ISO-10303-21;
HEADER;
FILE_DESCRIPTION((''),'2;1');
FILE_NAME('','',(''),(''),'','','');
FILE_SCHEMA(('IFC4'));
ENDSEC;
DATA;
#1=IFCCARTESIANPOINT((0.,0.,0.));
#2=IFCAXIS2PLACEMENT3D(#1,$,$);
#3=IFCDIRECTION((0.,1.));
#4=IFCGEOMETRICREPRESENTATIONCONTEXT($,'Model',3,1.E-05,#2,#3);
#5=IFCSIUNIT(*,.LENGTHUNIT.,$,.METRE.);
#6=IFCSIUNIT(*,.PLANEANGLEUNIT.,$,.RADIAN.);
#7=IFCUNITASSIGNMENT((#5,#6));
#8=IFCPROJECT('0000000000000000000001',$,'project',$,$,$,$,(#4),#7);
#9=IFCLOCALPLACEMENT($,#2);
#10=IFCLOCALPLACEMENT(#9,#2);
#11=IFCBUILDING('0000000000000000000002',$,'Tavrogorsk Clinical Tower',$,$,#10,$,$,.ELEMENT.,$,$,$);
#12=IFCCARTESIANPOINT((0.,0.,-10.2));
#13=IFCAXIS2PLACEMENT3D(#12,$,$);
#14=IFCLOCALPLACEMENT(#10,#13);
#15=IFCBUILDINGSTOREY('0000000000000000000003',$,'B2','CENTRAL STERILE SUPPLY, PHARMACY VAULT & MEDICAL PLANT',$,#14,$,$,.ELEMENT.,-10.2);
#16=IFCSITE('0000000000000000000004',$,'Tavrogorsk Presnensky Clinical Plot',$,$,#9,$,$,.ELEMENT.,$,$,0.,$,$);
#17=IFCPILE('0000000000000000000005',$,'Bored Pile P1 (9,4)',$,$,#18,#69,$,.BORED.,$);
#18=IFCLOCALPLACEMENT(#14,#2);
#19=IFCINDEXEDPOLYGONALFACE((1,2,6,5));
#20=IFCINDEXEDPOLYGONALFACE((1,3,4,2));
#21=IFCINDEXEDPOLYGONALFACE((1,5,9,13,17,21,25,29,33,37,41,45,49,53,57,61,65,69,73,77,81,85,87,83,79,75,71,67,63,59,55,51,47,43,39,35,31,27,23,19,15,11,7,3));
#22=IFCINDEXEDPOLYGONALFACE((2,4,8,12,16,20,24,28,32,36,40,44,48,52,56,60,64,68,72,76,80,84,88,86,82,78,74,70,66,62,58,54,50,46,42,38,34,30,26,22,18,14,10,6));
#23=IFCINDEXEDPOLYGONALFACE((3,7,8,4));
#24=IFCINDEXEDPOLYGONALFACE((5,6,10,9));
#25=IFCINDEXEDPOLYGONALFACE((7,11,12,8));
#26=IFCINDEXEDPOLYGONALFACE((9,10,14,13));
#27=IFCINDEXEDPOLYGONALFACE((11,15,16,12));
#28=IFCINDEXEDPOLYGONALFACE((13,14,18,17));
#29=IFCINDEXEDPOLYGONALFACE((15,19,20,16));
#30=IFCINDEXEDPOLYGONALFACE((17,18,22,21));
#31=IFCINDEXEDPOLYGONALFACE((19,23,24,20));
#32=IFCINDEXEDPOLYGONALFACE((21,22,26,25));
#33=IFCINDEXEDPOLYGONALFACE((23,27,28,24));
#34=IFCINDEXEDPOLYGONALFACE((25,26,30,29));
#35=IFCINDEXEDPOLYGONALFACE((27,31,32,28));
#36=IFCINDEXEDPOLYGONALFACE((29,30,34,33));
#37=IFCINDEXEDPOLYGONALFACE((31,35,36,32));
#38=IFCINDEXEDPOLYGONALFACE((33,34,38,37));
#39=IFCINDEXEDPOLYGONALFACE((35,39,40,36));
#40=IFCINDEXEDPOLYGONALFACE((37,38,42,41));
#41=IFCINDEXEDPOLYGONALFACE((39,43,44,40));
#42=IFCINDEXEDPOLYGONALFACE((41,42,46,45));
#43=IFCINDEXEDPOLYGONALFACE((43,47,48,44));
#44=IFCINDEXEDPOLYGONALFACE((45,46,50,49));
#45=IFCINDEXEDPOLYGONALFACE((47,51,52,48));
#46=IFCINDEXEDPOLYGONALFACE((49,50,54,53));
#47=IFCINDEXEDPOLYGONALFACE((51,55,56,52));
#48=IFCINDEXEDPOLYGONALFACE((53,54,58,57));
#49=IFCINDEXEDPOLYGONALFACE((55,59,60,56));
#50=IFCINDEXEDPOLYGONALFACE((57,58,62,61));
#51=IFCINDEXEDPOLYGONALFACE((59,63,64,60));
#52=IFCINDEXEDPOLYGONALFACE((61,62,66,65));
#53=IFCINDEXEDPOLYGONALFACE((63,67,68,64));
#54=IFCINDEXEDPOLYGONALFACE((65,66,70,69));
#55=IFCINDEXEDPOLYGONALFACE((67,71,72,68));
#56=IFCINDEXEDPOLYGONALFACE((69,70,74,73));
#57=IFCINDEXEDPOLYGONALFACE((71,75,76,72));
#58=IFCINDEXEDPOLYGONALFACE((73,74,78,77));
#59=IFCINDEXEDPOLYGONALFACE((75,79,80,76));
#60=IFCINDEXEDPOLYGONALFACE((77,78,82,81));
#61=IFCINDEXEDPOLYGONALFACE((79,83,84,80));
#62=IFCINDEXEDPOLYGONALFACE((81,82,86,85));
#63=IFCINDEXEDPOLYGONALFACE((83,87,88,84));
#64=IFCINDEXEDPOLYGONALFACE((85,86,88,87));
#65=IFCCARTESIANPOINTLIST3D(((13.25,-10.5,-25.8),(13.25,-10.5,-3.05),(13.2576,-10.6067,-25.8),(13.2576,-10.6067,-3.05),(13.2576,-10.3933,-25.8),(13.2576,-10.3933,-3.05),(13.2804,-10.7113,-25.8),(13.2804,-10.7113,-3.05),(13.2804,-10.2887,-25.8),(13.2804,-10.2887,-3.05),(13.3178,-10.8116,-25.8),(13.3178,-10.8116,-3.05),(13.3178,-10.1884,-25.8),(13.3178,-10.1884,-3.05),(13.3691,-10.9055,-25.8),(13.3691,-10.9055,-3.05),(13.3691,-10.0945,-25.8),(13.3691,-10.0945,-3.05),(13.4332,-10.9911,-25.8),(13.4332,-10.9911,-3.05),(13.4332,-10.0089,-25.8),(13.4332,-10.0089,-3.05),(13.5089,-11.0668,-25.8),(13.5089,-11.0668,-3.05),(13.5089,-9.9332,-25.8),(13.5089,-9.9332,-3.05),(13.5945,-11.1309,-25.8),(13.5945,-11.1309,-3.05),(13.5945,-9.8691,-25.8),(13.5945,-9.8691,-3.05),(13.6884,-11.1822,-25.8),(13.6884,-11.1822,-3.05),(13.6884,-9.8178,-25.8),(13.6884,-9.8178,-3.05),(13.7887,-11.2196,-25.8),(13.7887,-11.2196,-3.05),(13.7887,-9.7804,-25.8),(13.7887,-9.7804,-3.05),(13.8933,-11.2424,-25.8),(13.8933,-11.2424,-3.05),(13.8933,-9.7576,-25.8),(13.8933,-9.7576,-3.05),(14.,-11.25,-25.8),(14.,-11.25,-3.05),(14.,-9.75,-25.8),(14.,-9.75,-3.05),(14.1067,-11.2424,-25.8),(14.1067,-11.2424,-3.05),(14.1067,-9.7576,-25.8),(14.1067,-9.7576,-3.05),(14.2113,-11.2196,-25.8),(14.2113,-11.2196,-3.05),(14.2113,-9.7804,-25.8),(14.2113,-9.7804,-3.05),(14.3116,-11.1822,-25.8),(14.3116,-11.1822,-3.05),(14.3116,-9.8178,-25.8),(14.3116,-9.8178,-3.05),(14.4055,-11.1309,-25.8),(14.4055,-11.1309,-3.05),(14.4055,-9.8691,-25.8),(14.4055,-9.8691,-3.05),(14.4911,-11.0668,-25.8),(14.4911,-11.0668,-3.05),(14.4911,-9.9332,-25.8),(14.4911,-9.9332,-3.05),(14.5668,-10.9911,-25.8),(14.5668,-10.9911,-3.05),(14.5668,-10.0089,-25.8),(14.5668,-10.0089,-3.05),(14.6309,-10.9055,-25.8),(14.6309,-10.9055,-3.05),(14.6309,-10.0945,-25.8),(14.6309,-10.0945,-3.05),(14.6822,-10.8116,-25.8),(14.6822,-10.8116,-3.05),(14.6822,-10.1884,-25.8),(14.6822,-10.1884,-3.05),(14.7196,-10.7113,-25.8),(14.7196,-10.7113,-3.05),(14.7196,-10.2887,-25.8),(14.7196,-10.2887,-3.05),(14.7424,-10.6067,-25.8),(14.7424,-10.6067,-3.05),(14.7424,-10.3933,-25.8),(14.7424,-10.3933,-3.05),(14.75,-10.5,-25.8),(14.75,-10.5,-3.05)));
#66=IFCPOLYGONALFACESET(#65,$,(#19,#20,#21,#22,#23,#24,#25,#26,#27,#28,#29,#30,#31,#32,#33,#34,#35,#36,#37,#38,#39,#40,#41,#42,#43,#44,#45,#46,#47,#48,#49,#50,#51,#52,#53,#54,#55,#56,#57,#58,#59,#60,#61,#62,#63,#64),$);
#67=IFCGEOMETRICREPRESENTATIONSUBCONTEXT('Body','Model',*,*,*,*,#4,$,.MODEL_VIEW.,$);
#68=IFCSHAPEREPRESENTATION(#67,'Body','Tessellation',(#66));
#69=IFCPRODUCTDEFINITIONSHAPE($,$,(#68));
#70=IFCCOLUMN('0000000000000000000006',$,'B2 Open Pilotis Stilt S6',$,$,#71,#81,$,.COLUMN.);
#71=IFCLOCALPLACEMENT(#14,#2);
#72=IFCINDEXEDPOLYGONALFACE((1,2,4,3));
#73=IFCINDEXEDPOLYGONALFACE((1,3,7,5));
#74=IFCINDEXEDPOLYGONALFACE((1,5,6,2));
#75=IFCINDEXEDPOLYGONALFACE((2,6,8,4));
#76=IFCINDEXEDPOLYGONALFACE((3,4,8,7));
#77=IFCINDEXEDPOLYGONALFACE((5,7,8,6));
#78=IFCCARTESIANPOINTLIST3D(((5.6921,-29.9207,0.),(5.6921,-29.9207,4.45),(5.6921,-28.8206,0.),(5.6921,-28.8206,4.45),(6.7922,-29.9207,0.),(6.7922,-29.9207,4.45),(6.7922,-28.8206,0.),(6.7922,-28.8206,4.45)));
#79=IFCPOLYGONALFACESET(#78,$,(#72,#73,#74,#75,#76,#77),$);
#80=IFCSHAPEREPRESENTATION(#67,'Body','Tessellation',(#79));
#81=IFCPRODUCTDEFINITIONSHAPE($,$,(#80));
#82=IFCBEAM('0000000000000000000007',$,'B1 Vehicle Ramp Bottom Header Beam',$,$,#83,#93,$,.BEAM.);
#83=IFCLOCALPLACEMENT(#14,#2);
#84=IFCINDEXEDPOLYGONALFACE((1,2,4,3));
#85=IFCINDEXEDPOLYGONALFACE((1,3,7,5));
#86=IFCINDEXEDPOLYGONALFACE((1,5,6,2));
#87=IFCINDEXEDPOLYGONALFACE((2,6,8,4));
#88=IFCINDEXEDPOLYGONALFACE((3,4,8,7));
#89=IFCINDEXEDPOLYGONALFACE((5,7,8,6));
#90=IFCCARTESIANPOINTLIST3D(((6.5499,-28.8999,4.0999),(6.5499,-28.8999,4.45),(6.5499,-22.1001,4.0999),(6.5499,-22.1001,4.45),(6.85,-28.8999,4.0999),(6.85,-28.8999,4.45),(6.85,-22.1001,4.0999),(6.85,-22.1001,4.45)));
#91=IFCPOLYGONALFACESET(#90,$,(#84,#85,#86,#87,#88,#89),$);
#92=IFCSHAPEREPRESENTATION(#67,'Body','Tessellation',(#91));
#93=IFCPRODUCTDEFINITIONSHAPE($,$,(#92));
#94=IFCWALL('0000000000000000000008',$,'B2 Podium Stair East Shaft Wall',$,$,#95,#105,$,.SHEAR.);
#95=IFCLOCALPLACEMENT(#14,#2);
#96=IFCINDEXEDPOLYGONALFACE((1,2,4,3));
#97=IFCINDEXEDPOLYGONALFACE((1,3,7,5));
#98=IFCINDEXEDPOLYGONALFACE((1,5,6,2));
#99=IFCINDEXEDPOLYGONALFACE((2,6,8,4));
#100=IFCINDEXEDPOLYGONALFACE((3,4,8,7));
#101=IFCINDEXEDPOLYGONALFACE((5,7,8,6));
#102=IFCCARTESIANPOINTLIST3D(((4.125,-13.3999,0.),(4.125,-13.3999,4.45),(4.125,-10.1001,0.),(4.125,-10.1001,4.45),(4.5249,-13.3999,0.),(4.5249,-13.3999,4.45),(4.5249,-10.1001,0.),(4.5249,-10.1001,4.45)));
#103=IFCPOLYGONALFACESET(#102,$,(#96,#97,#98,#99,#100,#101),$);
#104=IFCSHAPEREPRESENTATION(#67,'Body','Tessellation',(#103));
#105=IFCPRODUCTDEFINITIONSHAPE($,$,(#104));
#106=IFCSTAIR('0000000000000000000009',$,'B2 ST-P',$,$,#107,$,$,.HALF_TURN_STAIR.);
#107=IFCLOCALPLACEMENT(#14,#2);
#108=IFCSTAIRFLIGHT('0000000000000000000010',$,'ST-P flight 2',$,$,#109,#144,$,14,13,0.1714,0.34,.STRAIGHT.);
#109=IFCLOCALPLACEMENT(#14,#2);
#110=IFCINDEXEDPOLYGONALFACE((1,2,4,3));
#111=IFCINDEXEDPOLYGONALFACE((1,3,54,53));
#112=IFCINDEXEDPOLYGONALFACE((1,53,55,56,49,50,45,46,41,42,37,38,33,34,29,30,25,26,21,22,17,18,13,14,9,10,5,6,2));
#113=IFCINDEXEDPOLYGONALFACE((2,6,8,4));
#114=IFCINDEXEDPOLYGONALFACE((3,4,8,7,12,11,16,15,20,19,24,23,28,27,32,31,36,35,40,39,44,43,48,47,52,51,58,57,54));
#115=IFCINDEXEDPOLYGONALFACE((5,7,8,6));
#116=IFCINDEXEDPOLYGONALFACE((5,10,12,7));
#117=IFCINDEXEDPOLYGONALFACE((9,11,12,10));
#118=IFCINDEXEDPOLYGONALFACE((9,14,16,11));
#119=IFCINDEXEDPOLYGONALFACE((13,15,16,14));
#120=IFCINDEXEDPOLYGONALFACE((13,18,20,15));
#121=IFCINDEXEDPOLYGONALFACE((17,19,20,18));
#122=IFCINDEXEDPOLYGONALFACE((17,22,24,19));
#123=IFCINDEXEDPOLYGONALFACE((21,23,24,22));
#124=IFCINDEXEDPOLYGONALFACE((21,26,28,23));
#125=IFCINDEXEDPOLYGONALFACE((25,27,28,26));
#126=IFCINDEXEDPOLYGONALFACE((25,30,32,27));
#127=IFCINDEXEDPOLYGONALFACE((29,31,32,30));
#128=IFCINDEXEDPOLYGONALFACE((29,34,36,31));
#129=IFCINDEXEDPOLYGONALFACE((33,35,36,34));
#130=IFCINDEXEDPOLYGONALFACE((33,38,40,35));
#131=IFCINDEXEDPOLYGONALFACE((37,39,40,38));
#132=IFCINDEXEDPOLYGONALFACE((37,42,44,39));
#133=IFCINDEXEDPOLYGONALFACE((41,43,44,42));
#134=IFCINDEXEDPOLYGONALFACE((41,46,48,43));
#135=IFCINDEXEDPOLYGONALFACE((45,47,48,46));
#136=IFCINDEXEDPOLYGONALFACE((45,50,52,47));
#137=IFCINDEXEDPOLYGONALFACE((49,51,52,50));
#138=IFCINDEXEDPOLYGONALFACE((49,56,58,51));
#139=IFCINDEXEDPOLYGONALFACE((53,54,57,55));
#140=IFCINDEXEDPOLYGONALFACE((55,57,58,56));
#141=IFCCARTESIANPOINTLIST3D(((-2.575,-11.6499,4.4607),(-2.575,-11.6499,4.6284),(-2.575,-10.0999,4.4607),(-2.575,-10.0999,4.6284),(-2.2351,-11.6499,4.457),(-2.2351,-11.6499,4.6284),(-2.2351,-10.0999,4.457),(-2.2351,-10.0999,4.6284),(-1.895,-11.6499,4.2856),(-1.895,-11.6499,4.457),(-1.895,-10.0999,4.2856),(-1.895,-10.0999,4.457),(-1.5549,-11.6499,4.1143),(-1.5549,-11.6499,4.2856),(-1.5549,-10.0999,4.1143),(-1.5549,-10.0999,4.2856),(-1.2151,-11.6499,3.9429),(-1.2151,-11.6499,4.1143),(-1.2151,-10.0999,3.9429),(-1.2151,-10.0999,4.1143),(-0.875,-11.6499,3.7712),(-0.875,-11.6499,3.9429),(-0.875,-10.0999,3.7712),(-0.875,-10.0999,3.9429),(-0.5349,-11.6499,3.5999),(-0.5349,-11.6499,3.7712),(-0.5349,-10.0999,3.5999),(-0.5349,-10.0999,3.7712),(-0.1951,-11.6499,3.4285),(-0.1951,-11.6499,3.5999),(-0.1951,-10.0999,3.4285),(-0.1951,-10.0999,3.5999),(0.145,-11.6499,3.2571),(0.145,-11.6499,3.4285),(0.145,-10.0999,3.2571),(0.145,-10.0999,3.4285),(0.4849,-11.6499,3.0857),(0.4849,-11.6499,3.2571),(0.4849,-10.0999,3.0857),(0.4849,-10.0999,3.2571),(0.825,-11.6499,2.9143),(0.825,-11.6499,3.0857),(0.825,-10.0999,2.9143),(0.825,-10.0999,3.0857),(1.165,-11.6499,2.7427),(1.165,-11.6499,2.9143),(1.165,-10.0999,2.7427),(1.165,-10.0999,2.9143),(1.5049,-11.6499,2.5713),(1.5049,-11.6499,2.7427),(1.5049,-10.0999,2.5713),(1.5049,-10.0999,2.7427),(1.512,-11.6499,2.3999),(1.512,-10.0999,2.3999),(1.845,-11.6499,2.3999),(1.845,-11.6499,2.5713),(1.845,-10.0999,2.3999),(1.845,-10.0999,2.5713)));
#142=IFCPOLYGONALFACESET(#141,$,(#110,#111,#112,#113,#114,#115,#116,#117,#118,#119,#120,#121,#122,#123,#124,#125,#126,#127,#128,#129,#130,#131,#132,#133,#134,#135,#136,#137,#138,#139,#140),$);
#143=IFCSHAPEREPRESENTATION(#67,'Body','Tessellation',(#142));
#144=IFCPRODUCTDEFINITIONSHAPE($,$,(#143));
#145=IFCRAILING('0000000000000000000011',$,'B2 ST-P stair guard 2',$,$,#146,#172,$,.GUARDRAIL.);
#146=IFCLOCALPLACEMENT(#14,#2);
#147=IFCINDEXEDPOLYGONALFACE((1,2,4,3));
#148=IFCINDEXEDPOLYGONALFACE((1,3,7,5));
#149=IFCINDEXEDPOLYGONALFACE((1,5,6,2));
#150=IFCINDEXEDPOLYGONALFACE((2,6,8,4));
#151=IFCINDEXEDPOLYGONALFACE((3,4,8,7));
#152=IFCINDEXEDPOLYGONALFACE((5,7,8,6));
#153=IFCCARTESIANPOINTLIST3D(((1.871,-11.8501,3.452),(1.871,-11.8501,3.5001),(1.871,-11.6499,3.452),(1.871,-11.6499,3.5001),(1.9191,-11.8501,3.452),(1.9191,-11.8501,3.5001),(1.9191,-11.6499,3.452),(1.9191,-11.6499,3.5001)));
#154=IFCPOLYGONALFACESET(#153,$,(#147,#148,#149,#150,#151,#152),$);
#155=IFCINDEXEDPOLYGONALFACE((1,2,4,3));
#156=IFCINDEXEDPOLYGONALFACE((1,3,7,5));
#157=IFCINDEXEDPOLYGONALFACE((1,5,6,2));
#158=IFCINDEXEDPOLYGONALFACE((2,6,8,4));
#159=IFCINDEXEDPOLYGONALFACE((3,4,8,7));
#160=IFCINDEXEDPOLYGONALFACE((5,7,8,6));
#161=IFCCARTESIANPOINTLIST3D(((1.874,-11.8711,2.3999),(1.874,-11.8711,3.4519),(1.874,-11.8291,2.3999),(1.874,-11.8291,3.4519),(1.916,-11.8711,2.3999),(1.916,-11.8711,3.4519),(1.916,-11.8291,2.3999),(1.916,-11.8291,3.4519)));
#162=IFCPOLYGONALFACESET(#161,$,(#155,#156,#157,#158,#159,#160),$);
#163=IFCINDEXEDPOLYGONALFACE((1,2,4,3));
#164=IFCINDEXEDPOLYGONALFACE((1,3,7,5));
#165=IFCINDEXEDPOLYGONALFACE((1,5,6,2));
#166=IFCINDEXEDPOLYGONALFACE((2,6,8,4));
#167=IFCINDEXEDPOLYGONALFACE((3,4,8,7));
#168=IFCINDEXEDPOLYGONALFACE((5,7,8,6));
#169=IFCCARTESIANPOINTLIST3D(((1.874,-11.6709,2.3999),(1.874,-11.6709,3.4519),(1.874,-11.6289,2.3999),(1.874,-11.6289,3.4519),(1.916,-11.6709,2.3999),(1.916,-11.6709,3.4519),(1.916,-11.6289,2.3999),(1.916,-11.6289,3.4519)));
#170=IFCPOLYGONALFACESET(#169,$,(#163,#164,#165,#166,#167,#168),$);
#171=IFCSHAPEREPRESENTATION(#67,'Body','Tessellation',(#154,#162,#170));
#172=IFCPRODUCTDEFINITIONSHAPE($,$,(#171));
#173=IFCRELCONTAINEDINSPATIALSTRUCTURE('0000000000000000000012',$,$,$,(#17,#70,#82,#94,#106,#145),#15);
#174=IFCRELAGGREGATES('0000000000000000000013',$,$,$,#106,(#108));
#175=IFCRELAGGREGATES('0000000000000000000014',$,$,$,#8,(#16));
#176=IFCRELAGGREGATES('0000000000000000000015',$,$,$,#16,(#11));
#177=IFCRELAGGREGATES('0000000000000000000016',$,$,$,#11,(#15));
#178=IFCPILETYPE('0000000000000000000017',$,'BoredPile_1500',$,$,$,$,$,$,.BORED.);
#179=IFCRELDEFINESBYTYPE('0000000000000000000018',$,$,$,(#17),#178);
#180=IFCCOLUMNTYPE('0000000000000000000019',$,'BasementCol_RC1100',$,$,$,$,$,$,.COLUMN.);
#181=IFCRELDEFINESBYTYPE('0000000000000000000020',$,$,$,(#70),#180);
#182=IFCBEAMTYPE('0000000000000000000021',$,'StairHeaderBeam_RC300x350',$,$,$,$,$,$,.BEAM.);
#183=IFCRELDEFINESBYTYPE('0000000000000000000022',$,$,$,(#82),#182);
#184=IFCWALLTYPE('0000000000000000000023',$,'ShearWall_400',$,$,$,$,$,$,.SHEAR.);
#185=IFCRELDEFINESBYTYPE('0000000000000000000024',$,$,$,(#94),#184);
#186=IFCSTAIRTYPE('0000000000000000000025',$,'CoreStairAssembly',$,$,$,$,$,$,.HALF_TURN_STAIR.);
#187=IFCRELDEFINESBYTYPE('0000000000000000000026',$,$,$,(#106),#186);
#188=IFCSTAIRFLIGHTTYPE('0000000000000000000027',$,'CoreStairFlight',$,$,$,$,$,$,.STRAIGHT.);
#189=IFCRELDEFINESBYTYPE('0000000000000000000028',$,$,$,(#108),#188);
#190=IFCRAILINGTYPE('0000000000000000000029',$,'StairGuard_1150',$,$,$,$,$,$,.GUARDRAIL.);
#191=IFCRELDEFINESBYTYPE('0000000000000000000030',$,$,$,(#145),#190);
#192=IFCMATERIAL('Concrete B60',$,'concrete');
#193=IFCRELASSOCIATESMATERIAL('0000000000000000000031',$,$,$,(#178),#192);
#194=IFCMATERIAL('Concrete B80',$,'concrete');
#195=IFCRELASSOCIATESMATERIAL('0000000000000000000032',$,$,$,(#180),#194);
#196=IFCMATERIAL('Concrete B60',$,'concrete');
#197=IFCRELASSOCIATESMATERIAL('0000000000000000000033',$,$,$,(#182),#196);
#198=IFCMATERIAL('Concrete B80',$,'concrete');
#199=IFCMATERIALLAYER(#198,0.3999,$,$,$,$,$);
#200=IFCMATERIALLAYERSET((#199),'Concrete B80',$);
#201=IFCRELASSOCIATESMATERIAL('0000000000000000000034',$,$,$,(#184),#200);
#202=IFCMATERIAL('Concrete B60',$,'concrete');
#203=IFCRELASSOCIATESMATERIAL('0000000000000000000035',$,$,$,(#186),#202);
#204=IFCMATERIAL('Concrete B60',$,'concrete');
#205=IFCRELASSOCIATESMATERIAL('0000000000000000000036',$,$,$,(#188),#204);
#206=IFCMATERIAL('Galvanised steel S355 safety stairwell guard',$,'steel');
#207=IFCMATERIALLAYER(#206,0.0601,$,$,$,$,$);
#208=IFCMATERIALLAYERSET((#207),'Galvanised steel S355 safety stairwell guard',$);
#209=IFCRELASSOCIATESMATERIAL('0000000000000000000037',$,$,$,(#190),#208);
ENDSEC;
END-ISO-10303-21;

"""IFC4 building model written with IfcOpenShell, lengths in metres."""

from ifc_helpers import new_model, si_unit, direction, frame, frame_2d, origin, origin_2d, place, context, subcontext, project, spatial, polyline, rectangle, circle, outline, extrude, material, layer, layer_set, material_profile, profile_set, type_object, element, aggregate, save


model = new_model("IFC4")

# Units and contexts
model_context = context("Model", 3, precision=1e-05, world=origin(), true_north=direction((0.0, 1.0)))
body_context = subcontext(model_context, "Body", "Model", "MODEL_VIEW")
ifc_project = project(units=[si_unit("LENGTHUNIT", "METRE"), si_unit("PLANEANGLEUNIT", "RADIAN")], contexts=[model_context])

# Site, building, storey
site_placement = place(None, origin())
site = spatial("IfcSite", under=ifc_project, at=site_placement, Name="Tavrogorsk Presnensky Clinical Plot", CompositionType="ELEMENT", RefElevation=0.0)
building_placement = place(site_placement, origin())
building = spatial("IfcBuilding", under=site, at=building_placement, Name="Tavrogorsk Clinical Tower", CompositionType="ELEMENT")
storey_placement = place(building_placement, frame((0.0, 0.0, -10.2)))
storey = spatial("IfcBuildingStorey", under=building, at=storey_placement, Name="B2", Description="CENTRAL STERILE SUPPLY, PHARMACY VAULT & MEDICAL PLANT", CompositionType="ELEMENT", Elevation=-10.2)

# Pile
ifc_material_1 = material(Name="Concrete B60", Category="concrete")
ifc_material_profile_1 = material_profile(ifc_material_1, circle(Radius=0.75, at=origin_2d()), Name="BORED-PILE-1500")
ifc_profile_set_1 = profile_set([ifc_material_profile_1], Name="Concrete B60")
pile_type_1 = type_object("IfcPileType", Name="BoredPile_1500", PredefinedType="BORED", material=ifc_profile_set_1)
for number, where, z_axis, x_axis, name in (
    (1, (14.0, -10.5, -3.05), (0.0, 0.0, -1.0), (1.0, 0.0, 0.0), "Bored Pile P1 (9,4)"),
):
    element("IfcPile", number, at=place(storey_placement, frame(where, z_axis=z_axis, x_axis=x_axis)), inside=storey, type_object=pile_type_1, Name=name, PredefinedType="BORED", context=body_context, shape_type="SweptSolid", body=[
        extrude(circle(Radius=0.75, at=origin_2d()), origin(), (0.0, 0.0, 1.0), 22.75),
    ])

# Column
ifc_material_2 = material(Name="Concrete B80", Category="concrete")
ifc_material_profile_2 = material_profile(ifc_material_2, rectangle(XDim=1.1001, YDim=1.1001, at=origin_2d()), Name="RC-COL-1100x1100")
ifc_profile_set_2 = profile_set([ifc_material_profile_2], Name="Concrete B80")
column_type = type_object("IfcColumnType", Name="BasementCol_RC1100", PredefinedType="COLUMN", material=ifc_profile_set_2)
column_placement = place(storey_placement, frame((6.2422, -29.3706, 0.0), z_axis=(0.0, 0.0, 1.0), x_axis=(1.0, 0.0, 0.0)))
element("IfcColumn", 2, at=column_placement, inside=storey, type_object=column_type, Name="B2 Open Pilotis Stilt S6", PredefinedType="COLUMN", context=body_context, shape_type="SweptSolid", body=[
    extrude(rectangle(XDim=1.1001, YDim=1.1001, at=origin_2d()), origin(), (0.0, 0.0, 1.0), 4.45),
])

# Beam
ifc_material_3 = material(Name="Concrete B60", Category="concrete")
ifc_material_profile_3 = material_profile(ifc_material_3, rectangle(XDim=0.3, YDim=0.3501, at=origin_2d()), Name="RC-SHB-300x350")
ifc_profile_set_3 = profile_set([ifc_material_profile_3], Name="Concrete B60")
beam_type = type_object("IfcBeamType", Name="StairHeaderBeam_RC300x350", PredefinedType="BEAM", material=ifc_profile_set_3)
beam_placement = place(storey_placement, frame((6.7, -28.8999, 4.2749), z_axis=(0.0, 1.0, 0.0), x_axis=(-1.0, 0.0, 0.0)))
element("IfcBeam", 3, at=beam_placement, inside=storey, type_object=beam_type, Name="B1 Vehicle Ramp Bottom Header Beam", PredefinedType="BEAM", context=body_context, shape_type="SweptSolid", body=[
    extrude(rectangle(XDim=0.3, YDim=0.3501, at=origin_2d()), origin(), (0.0, 0.0, 1.0), 6.7998),
])

# Wall
ifc_material_4 = material(Name="Concrete B80", Category="concrete")
ifc_layer_1 = layer(ifc_material_4, 0.3999)
ifc_layer_set_1 = layer_set([ifc_layer_1], Name="Concrete B80")
wall_type = type_object("IfcWallType", Name="ShearWall_400", PredefinedType="SHEAR", material=ifc_layer_set_1)
wall_placement = place(storey_placement, frame((4.325, -13.3999, 0.0), z_axis=(0.0, 0.0, 1.0), x_axis=(0.0, 1.0, 0.0)))
element("IfcWall", 4, at=wall_placement, inside=storey, type_object=wall_type, Name="B2 Podium Stair East Shaft Wall", PredefinedType="SHEAR", context=body_context, shape_type="SweptSolid", body=[
    extrude(rectangle(XDim=3.2998, YDim=0.3999, at=frame_2d((1.6499, 0.0))), origin(), (0.0, 0.0, 1.0), 4.45),
])

# Stair, stair flight
ifc_material_5 = material(Name="Concrete B60", Category="concrete")
stair_type = type_object("IfcStairType", Name="CoreStairAssembly", PredefinedType="HALF_TURN_STAIR", material=ifc_material_5)
stair_placement = place(storey_placement, origin())
stair = element("IfcStair", 5, at=stair_placement, inside=storey, type_object=stair_type, Name="B2 ST-P", PredefinedType="HALF_TURN_STAIR")
ifc_material_6 = material(Name="Concrete B60", Category="concrete")
stair_flight_type = type_object("IfcStairFlightType", Name="CoreStairFlight", PredefinedType="STRAIGHT", material=ifc_material_6)
stair_flight_placement = place(storey_placement, frame((1.845, -10.875, 2.3999), z_axis=(0.0, 0.0, 1.0), x_axis=(-1.0, 0.0, 0.0)))
stair_flight = element("IfcStairFlight", 6, at=stair_flight_placement, type_object=stair_flight_type, Name="ST-P flight 2", NumberOfRisers=14, NumberOfTreads=13, PredefinedType="STRAIGHT", RiserHeight=0.1714, TreadLength=0.34, context=body_context, shape_type="SweptSolid", body=[
    extrude(outline(polyline([(0.0, 0.0), (0.0, 0.1714), (0.3401, 0.1714), (0.3401, 0.3428), (0.6799, 0.3428), (0.6799, 0.5144), (1.02, 0.5144), (1.02, 0.6858), (1.3601, 0.6858), (1.3601, 0.8572), (1.7, 0.8572), (1.7, 1.0286), (2.04, 1.0286), (2.04, 1.2), (2.3799, 1.2), (2.3799, 1.3713), (2.72, 1.3713), (2.72, 1.543), (3.0601, 1.543), (3.0601, 1.7144), (3.3999, 1.7144), (3.3999, 1.8857), (3.74, 1.8857), (3.74, 2.0571), (4.0801, 2.0571), (4.0801, 2.2285), (4.4199, 2.2285), (4.4199, 2.3999), (4.4199, 2.0608), (0.333, 0.0), (0.0, 0.0)])), frame((0.0, 0.7749, 0.0), z_axis=(0.0, -1.0, 0.0), x_axis=(1.0, 0.0, 0.0)), (0.0, 0.0, 1.0), 1.55),
])
aggregate(stair, [stair_flight])

# Railing
ifc_material_7 = material(Name="Galvanised steel S355 safety stairwell guard", Category="steel")
ifc_layer_2 = layer(ifc_material_7, 0.0601)
ifc_layer_set_2 = layer_set([ifc_layer_2], Name="Galvanised steel S355 safety stairwell guard")
railing_type_1 = type_object("IfcRailingType", Name="StairGuard_1150", PredefinedType="GUARDRAIL", material=ifc_layer_set_2)
railing_1_placement = place(storey_placement, frame((1.895, -11.8501, 2.3999)))
element("IfcRailing", 7, at=railing_1_placement, inside=storey, type_object=railing_type_1, Name="B2 ST-P stair guard 2", PredefinedType="GUARDRAIL", context=body_context, shape_type="SweptSolid", body=[
    extrude(rectangle(XDim=0.0481, YDim=0.0481, at=origin_2d()), frame((0.0, 0.0, 1.0762), z_axis=(0.0, 1.0, 0.0), x_axis=(-1.0, 0.0, 0.0)), (0.0, 0.0, 1.0), 0.2002),
    extrude(rectangle(XDim=0.042, YDim=0.042, at=origin_2d()), origin(), (0.0, 0.0, 1.0), 1.052),
    extrude(rectangle(XDim=0.042, YDim=0.042, at=origin_2d()), frame((0.0, 0.2002, 0.0)), (0.0, 0.0, 1.0), 1.052),
])

save(model, "model.ifc")
